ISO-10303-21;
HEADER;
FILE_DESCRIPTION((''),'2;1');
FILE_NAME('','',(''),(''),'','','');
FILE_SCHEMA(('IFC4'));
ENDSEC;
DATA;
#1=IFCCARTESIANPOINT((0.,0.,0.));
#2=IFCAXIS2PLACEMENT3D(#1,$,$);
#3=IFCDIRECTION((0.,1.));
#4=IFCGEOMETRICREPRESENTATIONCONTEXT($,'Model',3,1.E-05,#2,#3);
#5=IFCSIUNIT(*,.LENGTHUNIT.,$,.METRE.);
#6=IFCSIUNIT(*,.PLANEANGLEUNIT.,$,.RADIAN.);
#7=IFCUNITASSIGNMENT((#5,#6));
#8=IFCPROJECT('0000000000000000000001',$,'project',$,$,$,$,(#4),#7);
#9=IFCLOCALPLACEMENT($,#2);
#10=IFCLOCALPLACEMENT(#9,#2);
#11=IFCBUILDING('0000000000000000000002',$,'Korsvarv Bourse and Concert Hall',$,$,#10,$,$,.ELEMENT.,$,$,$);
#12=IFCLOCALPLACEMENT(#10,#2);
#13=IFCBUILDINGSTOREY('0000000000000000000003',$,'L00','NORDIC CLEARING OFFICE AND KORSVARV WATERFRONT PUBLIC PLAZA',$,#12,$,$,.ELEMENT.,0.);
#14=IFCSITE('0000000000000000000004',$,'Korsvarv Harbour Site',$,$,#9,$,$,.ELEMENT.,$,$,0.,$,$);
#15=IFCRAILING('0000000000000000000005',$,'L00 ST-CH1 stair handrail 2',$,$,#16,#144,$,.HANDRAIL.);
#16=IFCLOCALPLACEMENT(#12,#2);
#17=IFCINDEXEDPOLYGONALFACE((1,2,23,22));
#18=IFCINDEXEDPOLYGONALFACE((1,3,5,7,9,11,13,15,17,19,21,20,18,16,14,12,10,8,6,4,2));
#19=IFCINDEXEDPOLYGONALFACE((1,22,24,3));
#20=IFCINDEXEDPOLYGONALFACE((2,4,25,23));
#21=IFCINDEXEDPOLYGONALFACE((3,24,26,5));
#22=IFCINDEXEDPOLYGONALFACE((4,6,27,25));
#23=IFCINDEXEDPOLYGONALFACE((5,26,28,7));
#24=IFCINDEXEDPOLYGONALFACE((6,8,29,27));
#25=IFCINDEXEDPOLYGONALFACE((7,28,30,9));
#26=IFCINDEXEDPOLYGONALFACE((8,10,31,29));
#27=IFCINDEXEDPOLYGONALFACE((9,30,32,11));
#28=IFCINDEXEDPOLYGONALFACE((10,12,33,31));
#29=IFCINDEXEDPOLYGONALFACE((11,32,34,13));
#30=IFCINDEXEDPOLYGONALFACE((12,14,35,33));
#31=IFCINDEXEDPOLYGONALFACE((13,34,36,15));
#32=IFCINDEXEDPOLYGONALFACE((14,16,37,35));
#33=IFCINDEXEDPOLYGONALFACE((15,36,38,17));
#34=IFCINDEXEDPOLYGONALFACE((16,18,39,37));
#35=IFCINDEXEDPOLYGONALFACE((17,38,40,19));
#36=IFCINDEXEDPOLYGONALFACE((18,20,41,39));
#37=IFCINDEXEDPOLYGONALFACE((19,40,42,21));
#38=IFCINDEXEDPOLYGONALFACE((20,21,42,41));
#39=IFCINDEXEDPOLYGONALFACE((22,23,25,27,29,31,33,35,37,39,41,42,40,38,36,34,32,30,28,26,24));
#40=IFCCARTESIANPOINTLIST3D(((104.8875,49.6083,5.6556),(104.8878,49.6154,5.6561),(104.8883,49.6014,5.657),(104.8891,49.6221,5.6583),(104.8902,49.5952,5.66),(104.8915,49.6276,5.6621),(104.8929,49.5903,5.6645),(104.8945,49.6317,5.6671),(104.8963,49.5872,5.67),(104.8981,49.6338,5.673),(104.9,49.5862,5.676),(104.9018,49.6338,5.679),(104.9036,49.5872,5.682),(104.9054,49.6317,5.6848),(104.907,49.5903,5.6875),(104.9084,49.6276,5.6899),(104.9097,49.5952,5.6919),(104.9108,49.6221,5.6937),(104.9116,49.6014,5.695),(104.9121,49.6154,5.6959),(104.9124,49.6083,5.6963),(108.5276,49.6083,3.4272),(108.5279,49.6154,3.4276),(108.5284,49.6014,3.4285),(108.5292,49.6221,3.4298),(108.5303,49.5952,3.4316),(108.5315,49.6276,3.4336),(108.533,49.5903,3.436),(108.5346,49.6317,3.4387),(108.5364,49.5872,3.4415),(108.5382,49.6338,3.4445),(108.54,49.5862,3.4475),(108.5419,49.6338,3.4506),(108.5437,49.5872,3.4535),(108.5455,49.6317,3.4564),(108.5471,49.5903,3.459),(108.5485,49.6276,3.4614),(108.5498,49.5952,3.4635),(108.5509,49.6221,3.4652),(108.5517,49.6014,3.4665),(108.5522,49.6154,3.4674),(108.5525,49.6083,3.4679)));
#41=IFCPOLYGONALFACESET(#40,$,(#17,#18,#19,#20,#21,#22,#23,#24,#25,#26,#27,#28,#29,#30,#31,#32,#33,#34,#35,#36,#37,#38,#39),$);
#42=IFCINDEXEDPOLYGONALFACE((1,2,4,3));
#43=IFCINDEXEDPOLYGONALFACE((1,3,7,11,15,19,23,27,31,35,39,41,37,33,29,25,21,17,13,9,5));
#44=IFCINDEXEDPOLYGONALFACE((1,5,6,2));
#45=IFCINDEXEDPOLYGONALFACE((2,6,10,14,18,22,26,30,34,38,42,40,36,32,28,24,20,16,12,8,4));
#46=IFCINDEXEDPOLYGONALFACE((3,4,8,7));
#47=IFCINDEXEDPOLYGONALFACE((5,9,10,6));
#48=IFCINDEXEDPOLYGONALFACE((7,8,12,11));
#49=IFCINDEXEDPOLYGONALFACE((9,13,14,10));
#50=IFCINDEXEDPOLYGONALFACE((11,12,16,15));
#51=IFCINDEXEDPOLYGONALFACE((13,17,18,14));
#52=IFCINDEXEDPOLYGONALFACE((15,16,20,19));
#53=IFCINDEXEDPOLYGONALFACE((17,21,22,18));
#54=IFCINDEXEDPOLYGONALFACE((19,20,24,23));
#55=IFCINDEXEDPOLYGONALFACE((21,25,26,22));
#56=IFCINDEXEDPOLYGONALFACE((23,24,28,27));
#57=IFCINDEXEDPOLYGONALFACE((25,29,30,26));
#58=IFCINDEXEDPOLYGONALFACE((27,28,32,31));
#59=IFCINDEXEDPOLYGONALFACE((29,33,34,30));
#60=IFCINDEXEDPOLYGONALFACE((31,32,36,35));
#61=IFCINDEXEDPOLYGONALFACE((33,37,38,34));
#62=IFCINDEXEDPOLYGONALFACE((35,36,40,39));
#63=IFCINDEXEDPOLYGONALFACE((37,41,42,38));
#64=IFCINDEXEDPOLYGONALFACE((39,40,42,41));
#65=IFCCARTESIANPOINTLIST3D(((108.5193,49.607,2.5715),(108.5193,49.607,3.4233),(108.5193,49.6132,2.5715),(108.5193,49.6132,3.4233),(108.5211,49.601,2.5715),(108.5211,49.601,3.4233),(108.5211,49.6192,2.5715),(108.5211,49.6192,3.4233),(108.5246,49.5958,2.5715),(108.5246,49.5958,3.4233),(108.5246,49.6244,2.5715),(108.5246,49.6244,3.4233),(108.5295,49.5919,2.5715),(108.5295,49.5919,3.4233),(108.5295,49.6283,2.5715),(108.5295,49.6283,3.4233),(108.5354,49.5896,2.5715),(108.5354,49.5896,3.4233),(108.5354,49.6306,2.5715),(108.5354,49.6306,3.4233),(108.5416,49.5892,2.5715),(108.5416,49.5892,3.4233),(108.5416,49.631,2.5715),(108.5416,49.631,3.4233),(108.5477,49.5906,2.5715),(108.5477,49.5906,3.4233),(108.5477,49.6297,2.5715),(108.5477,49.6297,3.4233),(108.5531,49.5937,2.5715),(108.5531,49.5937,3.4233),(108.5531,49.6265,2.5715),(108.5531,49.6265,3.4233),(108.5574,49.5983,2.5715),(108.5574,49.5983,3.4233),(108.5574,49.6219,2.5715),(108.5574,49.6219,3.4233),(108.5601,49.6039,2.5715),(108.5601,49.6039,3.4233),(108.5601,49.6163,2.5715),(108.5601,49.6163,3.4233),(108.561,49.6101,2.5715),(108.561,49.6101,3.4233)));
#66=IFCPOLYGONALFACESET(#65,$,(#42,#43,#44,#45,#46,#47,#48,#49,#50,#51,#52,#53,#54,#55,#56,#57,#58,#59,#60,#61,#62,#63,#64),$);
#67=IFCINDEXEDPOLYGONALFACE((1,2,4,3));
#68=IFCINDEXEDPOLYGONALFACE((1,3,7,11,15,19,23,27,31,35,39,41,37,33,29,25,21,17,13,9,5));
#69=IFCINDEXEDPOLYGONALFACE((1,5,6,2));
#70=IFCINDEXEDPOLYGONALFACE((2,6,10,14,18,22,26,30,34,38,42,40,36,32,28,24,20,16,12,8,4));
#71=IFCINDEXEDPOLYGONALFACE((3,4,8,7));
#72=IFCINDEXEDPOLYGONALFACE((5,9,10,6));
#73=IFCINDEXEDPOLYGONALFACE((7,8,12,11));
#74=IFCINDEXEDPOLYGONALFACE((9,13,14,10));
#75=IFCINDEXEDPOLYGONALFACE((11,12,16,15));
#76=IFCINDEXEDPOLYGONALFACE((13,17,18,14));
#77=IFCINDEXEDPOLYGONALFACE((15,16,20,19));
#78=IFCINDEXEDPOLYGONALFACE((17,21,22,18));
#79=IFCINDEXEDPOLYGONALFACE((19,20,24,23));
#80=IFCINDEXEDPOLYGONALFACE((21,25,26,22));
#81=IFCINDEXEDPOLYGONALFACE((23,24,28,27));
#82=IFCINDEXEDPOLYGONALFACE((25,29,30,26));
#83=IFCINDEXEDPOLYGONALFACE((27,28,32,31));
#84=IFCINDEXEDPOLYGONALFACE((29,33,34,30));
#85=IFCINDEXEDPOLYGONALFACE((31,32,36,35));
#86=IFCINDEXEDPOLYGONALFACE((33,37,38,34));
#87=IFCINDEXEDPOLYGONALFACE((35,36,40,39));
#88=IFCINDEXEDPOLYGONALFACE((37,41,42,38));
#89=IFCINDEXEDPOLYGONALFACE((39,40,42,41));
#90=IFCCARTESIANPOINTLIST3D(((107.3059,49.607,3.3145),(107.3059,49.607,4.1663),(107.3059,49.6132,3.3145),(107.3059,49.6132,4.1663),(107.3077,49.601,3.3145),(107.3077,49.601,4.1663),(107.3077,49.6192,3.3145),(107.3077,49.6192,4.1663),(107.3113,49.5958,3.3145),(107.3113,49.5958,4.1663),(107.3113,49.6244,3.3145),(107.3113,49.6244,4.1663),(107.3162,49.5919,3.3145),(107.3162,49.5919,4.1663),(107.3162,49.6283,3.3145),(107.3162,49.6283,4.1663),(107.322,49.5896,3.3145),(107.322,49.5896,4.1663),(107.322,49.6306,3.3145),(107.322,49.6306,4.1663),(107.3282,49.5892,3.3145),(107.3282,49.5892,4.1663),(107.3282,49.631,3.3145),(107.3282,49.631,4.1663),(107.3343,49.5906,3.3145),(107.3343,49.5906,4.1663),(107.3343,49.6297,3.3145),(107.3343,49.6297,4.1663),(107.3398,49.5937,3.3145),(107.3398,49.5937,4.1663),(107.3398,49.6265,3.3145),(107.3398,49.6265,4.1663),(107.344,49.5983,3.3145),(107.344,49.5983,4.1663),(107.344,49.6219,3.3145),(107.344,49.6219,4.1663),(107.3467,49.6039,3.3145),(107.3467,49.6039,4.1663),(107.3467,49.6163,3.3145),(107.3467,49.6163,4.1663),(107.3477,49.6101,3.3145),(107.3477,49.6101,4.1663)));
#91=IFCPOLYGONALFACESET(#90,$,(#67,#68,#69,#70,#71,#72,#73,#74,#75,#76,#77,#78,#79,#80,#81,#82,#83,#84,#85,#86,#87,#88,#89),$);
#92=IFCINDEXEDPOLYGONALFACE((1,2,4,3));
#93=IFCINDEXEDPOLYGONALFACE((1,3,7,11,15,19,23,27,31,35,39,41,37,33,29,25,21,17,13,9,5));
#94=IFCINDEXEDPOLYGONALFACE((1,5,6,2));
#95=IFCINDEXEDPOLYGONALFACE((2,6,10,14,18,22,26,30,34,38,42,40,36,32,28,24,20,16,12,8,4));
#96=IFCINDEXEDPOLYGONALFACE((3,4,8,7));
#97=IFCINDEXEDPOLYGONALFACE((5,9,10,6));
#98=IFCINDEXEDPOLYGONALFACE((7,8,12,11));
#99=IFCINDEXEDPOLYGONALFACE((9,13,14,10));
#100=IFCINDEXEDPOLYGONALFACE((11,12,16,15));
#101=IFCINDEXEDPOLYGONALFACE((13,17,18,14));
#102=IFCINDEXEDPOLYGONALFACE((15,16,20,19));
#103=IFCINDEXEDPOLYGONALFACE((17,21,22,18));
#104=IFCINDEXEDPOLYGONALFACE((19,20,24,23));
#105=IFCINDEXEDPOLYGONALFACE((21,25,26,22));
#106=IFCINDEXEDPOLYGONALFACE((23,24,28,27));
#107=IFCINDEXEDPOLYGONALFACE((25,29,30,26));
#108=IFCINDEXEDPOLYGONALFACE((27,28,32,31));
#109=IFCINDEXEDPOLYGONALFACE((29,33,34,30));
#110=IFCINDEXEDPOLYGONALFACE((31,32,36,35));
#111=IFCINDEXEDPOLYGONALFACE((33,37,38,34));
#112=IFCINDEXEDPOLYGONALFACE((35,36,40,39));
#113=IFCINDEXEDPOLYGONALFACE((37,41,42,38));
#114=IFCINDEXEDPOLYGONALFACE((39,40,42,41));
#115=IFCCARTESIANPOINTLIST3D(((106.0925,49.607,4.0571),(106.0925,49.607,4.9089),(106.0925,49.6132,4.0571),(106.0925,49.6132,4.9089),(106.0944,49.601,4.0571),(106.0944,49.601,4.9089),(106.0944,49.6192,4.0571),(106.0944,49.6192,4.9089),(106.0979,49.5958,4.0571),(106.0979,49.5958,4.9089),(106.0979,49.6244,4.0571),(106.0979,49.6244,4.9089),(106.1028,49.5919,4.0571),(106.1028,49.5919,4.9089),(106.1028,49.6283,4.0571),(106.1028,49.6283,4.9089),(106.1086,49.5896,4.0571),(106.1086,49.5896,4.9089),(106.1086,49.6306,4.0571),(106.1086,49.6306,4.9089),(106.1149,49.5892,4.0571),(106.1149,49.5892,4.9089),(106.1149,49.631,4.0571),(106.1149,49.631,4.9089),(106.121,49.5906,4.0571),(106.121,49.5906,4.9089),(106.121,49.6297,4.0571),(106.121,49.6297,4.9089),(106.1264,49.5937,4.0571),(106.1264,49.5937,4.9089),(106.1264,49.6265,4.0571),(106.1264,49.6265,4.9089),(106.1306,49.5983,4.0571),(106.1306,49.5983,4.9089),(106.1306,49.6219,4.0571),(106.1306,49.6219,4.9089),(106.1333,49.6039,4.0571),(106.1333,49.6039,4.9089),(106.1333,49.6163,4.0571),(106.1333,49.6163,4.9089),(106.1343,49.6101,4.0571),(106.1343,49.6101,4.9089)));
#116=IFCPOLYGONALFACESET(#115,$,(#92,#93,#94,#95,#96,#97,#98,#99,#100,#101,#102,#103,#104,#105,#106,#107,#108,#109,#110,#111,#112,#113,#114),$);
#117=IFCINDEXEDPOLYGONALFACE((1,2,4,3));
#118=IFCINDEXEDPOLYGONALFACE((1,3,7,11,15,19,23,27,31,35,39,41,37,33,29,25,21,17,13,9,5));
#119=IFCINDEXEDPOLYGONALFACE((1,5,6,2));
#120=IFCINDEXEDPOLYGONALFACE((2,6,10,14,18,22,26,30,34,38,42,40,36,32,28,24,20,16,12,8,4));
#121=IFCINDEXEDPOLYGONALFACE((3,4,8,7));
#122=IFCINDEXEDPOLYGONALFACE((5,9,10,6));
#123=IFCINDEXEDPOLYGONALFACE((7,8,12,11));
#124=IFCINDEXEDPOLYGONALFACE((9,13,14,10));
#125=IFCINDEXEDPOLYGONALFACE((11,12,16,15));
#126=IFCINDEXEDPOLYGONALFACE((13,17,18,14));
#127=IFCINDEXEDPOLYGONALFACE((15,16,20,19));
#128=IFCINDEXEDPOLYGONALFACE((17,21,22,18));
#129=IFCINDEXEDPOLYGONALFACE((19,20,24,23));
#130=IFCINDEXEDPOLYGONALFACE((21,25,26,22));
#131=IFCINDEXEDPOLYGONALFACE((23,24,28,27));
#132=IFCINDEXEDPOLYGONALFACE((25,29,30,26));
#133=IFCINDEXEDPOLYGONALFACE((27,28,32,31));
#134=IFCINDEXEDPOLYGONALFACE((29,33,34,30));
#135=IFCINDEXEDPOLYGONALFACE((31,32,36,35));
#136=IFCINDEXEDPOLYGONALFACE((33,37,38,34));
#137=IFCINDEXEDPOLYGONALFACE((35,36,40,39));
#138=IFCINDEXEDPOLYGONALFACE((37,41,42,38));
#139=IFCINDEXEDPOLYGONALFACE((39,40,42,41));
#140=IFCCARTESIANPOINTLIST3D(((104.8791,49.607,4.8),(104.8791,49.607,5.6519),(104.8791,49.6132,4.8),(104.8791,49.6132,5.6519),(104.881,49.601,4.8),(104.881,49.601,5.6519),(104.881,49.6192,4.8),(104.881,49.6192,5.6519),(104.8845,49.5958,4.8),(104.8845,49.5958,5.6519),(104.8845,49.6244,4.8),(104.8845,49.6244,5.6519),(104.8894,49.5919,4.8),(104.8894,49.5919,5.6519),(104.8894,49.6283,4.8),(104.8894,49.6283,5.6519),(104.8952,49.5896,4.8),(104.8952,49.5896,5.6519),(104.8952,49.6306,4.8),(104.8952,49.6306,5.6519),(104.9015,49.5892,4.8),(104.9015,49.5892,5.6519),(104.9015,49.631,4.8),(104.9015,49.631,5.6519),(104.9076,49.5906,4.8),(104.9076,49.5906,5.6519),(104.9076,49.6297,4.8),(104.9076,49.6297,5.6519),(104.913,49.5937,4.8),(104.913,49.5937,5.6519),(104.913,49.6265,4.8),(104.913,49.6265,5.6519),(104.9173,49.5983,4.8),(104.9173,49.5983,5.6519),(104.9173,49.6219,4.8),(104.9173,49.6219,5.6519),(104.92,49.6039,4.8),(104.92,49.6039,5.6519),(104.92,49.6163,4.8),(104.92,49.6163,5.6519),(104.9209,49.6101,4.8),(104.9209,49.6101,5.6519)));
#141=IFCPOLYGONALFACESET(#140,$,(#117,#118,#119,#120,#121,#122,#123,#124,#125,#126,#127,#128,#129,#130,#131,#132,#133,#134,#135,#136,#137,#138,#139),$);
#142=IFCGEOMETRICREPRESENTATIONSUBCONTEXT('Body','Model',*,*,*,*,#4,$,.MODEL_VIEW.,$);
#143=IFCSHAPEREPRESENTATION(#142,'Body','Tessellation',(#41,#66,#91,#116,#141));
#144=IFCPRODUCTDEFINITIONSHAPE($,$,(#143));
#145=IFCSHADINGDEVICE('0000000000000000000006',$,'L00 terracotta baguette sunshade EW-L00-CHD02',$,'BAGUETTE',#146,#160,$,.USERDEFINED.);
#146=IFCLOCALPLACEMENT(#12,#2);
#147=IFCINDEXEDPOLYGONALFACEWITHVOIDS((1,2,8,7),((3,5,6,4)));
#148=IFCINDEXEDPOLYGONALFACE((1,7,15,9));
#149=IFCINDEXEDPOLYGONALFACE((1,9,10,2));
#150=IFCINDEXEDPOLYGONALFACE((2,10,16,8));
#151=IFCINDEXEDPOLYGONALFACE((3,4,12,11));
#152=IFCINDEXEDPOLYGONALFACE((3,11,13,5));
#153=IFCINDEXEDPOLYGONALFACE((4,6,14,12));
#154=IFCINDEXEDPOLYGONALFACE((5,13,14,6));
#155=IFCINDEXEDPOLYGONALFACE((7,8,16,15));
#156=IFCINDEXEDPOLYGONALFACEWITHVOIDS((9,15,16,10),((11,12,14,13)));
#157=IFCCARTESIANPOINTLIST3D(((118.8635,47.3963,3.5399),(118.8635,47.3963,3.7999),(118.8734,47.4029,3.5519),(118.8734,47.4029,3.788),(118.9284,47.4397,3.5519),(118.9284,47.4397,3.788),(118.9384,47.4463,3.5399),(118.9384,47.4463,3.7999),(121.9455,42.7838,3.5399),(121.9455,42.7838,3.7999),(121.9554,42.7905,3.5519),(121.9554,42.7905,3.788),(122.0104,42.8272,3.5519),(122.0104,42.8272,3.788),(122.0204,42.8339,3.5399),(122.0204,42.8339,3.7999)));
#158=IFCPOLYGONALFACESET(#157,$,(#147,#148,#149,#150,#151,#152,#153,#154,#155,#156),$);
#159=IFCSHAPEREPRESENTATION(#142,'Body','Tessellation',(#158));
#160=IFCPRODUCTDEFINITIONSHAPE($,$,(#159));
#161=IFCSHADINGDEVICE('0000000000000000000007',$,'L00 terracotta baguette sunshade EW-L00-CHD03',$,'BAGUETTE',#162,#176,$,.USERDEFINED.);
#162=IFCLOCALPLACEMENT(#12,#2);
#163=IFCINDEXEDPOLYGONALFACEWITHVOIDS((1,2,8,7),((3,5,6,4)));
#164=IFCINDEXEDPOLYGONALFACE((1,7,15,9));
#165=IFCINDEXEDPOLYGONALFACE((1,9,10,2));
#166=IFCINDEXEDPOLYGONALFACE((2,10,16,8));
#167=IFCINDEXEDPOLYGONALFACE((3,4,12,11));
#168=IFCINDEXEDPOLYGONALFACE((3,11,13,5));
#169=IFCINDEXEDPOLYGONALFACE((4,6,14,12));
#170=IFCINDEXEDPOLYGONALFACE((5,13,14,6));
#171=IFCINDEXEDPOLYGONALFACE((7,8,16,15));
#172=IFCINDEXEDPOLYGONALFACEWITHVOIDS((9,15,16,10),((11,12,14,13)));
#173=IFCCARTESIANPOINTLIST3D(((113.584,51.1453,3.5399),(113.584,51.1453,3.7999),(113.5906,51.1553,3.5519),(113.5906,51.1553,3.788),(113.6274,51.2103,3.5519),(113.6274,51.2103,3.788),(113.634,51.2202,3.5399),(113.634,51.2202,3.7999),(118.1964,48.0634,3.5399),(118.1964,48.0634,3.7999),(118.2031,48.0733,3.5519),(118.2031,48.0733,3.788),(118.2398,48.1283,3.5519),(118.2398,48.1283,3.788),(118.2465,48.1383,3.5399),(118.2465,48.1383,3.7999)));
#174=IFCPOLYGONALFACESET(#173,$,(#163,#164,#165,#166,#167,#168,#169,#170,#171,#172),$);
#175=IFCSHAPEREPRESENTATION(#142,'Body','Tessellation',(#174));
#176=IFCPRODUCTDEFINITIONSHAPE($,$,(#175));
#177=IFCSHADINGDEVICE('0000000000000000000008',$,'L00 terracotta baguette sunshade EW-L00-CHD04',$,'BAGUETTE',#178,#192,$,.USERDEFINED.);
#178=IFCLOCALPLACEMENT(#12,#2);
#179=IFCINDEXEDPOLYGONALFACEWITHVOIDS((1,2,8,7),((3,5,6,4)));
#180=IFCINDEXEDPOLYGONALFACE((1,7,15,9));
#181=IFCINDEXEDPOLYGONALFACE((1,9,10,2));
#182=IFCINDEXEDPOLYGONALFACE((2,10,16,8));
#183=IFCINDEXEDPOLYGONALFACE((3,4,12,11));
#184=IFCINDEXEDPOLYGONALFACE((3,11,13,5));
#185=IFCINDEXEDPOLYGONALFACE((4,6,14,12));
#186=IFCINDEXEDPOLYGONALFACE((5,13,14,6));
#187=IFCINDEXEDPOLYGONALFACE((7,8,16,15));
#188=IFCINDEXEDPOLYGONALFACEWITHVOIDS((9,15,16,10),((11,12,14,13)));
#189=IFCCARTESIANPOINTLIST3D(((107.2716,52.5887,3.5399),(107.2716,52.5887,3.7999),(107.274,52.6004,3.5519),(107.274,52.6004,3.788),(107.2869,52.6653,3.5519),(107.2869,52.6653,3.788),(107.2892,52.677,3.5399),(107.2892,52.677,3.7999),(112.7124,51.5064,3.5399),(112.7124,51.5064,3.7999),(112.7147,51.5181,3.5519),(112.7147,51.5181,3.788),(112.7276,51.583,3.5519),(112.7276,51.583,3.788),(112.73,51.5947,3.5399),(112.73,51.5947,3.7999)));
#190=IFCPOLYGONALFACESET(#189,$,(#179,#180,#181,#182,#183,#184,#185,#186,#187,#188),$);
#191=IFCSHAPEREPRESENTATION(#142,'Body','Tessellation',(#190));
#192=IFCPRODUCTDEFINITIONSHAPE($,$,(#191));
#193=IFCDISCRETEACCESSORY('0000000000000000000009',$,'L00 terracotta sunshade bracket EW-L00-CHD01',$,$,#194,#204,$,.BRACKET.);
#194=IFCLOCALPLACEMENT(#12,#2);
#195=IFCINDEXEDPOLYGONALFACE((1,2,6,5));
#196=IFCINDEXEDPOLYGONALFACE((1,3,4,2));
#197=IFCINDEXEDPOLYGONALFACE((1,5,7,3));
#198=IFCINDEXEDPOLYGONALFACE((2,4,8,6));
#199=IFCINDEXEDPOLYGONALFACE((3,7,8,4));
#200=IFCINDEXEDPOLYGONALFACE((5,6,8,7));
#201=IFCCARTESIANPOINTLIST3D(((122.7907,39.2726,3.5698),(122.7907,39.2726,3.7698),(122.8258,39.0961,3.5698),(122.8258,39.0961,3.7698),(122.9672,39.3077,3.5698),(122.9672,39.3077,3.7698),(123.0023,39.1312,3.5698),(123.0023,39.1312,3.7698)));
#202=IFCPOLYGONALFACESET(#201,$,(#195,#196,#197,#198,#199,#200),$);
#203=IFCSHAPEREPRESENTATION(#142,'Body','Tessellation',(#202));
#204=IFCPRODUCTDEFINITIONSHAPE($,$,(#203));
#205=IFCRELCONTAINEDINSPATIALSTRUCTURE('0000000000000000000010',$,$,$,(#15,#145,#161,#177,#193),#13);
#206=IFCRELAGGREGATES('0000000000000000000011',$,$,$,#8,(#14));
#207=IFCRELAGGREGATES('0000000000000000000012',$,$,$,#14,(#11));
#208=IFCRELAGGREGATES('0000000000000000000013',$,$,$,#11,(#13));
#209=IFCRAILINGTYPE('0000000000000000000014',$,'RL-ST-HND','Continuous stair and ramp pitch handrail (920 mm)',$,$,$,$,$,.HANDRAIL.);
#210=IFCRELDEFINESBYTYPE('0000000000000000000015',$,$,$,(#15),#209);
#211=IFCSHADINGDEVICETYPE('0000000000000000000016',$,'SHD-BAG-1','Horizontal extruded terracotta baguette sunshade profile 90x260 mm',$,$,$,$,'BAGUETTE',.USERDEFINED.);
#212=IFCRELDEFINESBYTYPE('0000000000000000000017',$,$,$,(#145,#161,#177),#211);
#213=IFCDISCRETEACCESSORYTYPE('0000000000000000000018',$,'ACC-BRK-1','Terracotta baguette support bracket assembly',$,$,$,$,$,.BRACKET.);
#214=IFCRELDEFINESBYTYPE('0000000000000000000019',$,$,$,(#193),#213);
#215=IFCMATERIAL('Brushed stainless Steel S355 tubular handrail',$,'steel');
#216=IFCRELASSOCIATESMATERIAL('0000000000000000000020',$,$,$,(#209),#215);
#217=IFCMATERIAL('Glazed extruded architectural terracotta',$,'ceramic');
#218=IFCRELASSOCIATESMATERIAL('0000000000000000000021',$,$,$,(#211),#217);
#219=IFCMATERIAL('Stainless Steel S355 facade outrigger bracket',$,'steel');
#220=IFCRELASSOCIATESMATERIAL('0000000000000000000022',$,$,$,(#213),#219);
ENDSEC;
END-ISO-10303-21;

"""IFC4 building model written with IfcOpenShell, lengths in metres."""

from ifc_helpers import new_model, si_unit, direction, frame, origin, origin_2d, place, context, subcontext, project, spatial, rectangle, hollow_rectangle, circle, extrude, source, transform, mapped, material, material_profile, profile_set, type_object, element, save


model = new_model("IFC4")

# Units and contexts
model_context = context("Model", 3, precision=1e-05, world=origin(), true_north=direction((0.0, 1.0)))
body_context = subcontext(model_context, "Body", "Model", "MODEL_VIEW")
ifc_project = project(units=[si_unit("LENGTHUNIT", "METRE"), si_unit("PLANEANGLEUNIT", "RADIAN")], contexts=[model_context])

# Site, building, storey
site_placement = place(None, origin())
site = spatial("IfcSite", under=ifc_project, at=site_placement, Name="Korsvarv Harbour Site", CompositionType="ELEMENT", RefElevation=0.0)
building_placement = place(site_placement, origin())
building = spatial("IfcBuilding", under=site, at=building_placement, Name="Korsvarv Bourse and Concert Hall", CompositionType="ELEMENT")
storey_placement = place(building_placement, origin())
storey = spatial("IfcBuildingStorey", under=building, at=storey_placement, Name="L00", Description="NORDIC CLEARING OFFICE AND KORSVARV WATERFRONT PUBLIC PLAZA", CompositionType="ELEMENT", Elevation=0.0)

# Railing
ifc_material_1 = material(Name="Brushed stainless Steel S355 tubular handrail", Category="steel")
railing_type_1 = type_object("IfcRailingType", Name="RL-ST-HND", Description="Continuous stair and ramp pitch handrail (920 mm)", PredefinedType="HANDRAIL", material=ifc_material_1)
railing_1_placement = place(storey_placement, frame((108.54, 49.6101, 2.5715)))
element("IfcRailing", 1, at=railing_1_placement, inside=storey, type_object=railing_type_1, Name="L00 ST-CH1 stair handrail 2", PredefinedType="HANDRAIL", context=body_context, shape_type="SweptSolid", body=[
    extrude(circle(Radius=0.0239, at=origin_2d()), frame((0.0, 0.0, 0.876), z_axis=(-0.852866, 0.0, 0.52213), x_axis=(0.0, -1.0, 0.0)), (0.0, 0.0, 1.0), 4.2681),
    extrude(circle(Radius=0.021, at=origin_2d()), origin(), (0.0, 0.0, 1.0), 0.8518),
    extrude(circle(Radius=0.021, at=origin_2d()), frame((-1.2134, 0.0, 0.7429)), (0.0, 0.0, 1.0), 0.8518),
    extrude(circle(Radius=0.021, at=origin_2d()), frame((-2.4268, 0.0, 1.4856)), (0.0, 0.0, 1.0), 0.8518),
    extrude(circle(Radius=0.021, at=origin_2d()), frame((-3.6401, 0.0, 2.2285)), (0.0, 0.0, 1.0), 0.8518),
])

# Shading devices
ifc_material_2 = material(Name="Glazed extruded architectural terracotta", Category="ceramic")
ifc_material_profile_1 = material_profile(ifc_material_2, hollow_rectangle(XDim=0.0901, YDim=0.26, WallThickness=0.012, at=origin_2d()), Name="TC-BAG 90x260")
ifc_profile_set_1 = profile_set([ifc_material_profile_1], Name="Glazed extruded architectural terracotta")
shading_device_type = type_object("IfcShadingDeviceType", Name="SHD-BAG-1", Description="Horizontal extruded terracotta baguette sunshade profile 90x260 mm", ElementType="BAGUETTE", PredefinedType="USERDEFINED", material=ifc_profile_set_1)
shared_shape_1 = source(origin(), body_context, "Body", "SweptSolid", [
    extrude(hollow_rectangle(XDim=0.0901, YDim=0.26, WallThickness=0.012, at=origin_2d()), origin(), (0.0, 0.0, 1.0), 5.5474),
])
for number, where, z_axis, x_axis, name in (
    (2, (121.9829, 42.8088, 3.6699), (-0.555573, 0.831468, 0.0), (-0.831468, -0.555573, 0.0), "L00 terracotta baguette sunshade EW-L00-CHD02"),
    (3, (118.2214, 48.1008, 3.6699), (-0.831468, 0.555573, 0.0), (-0.555573, -0.831468, 0.0), "L00 terracotta baguette sunshade EW-L00-CHD03"),
    (4, (112.7212, 51.5505, 3.6699), (-0.980783, 0.1951, 0.0), (-0.1951, -0.980783, 0.0), "L00 terracotta baguette sunshade EW-L00-CHD04"),
):
    element("IfcShadingDevice", number, at=place(storey_placement, frame(where, z_axis=z_axis, x_axis=x_axis)), inside=storey, type_object=shading_device_type, Name=name, ObjectType="BAGUETTE", PredefinedType="USERDEFINED", context=body_context, shape_type="MappedRepresentation", body=[
        mapped(shared_shape_1, transform((0.0, 0.0, 0.0), scale=1.0)),
    ])

# Discrete accessory
ifc_material_3 = material(Name="Stainless Steel S355 facade outrigger bracket", Category="steel")
discrete_accessory_type = type_object("IfcDiscreteAccessoryType", Name="ACC-BRK-1", Description="Terracotta baguette support bracket assembly", PredefinedType="BRACKET", material=ifc_material_3)
shared_shape_2 = source(origin(), body_context, "Body", "SweptSolid", [
    extrude(rectangle(XDim=0.1799, YDim=0.1799, at=origin_2d()), origin(), (0.0, 0.0, 1.0), 0.2),
])
for number, where, z_axis, x_axis, name in (
    (5, (122.8965, 39.2019, 3.5698), (0.0, 0.0, 1.0), (-0.19509, 0.980785, 0.0), "L00 terracotta sunshade bracket EW-L00-CHD01"),
):
    element("IfcDiscreteAccessory", number, at=place(storey_placement, frame(where, z_axis=z_axis, x_axis=x_axis)), inside=storey, type_object=discrete_accessory_type, Name=name, PredefinedType="BRACKET", context=body_context, shape_type="MappedRepresentation", body=[
        mapped(shared_shape_2, transform((0.0, 0.0, 0.0), scale=1.0)),
    ])

save(model, "model.ifc")
